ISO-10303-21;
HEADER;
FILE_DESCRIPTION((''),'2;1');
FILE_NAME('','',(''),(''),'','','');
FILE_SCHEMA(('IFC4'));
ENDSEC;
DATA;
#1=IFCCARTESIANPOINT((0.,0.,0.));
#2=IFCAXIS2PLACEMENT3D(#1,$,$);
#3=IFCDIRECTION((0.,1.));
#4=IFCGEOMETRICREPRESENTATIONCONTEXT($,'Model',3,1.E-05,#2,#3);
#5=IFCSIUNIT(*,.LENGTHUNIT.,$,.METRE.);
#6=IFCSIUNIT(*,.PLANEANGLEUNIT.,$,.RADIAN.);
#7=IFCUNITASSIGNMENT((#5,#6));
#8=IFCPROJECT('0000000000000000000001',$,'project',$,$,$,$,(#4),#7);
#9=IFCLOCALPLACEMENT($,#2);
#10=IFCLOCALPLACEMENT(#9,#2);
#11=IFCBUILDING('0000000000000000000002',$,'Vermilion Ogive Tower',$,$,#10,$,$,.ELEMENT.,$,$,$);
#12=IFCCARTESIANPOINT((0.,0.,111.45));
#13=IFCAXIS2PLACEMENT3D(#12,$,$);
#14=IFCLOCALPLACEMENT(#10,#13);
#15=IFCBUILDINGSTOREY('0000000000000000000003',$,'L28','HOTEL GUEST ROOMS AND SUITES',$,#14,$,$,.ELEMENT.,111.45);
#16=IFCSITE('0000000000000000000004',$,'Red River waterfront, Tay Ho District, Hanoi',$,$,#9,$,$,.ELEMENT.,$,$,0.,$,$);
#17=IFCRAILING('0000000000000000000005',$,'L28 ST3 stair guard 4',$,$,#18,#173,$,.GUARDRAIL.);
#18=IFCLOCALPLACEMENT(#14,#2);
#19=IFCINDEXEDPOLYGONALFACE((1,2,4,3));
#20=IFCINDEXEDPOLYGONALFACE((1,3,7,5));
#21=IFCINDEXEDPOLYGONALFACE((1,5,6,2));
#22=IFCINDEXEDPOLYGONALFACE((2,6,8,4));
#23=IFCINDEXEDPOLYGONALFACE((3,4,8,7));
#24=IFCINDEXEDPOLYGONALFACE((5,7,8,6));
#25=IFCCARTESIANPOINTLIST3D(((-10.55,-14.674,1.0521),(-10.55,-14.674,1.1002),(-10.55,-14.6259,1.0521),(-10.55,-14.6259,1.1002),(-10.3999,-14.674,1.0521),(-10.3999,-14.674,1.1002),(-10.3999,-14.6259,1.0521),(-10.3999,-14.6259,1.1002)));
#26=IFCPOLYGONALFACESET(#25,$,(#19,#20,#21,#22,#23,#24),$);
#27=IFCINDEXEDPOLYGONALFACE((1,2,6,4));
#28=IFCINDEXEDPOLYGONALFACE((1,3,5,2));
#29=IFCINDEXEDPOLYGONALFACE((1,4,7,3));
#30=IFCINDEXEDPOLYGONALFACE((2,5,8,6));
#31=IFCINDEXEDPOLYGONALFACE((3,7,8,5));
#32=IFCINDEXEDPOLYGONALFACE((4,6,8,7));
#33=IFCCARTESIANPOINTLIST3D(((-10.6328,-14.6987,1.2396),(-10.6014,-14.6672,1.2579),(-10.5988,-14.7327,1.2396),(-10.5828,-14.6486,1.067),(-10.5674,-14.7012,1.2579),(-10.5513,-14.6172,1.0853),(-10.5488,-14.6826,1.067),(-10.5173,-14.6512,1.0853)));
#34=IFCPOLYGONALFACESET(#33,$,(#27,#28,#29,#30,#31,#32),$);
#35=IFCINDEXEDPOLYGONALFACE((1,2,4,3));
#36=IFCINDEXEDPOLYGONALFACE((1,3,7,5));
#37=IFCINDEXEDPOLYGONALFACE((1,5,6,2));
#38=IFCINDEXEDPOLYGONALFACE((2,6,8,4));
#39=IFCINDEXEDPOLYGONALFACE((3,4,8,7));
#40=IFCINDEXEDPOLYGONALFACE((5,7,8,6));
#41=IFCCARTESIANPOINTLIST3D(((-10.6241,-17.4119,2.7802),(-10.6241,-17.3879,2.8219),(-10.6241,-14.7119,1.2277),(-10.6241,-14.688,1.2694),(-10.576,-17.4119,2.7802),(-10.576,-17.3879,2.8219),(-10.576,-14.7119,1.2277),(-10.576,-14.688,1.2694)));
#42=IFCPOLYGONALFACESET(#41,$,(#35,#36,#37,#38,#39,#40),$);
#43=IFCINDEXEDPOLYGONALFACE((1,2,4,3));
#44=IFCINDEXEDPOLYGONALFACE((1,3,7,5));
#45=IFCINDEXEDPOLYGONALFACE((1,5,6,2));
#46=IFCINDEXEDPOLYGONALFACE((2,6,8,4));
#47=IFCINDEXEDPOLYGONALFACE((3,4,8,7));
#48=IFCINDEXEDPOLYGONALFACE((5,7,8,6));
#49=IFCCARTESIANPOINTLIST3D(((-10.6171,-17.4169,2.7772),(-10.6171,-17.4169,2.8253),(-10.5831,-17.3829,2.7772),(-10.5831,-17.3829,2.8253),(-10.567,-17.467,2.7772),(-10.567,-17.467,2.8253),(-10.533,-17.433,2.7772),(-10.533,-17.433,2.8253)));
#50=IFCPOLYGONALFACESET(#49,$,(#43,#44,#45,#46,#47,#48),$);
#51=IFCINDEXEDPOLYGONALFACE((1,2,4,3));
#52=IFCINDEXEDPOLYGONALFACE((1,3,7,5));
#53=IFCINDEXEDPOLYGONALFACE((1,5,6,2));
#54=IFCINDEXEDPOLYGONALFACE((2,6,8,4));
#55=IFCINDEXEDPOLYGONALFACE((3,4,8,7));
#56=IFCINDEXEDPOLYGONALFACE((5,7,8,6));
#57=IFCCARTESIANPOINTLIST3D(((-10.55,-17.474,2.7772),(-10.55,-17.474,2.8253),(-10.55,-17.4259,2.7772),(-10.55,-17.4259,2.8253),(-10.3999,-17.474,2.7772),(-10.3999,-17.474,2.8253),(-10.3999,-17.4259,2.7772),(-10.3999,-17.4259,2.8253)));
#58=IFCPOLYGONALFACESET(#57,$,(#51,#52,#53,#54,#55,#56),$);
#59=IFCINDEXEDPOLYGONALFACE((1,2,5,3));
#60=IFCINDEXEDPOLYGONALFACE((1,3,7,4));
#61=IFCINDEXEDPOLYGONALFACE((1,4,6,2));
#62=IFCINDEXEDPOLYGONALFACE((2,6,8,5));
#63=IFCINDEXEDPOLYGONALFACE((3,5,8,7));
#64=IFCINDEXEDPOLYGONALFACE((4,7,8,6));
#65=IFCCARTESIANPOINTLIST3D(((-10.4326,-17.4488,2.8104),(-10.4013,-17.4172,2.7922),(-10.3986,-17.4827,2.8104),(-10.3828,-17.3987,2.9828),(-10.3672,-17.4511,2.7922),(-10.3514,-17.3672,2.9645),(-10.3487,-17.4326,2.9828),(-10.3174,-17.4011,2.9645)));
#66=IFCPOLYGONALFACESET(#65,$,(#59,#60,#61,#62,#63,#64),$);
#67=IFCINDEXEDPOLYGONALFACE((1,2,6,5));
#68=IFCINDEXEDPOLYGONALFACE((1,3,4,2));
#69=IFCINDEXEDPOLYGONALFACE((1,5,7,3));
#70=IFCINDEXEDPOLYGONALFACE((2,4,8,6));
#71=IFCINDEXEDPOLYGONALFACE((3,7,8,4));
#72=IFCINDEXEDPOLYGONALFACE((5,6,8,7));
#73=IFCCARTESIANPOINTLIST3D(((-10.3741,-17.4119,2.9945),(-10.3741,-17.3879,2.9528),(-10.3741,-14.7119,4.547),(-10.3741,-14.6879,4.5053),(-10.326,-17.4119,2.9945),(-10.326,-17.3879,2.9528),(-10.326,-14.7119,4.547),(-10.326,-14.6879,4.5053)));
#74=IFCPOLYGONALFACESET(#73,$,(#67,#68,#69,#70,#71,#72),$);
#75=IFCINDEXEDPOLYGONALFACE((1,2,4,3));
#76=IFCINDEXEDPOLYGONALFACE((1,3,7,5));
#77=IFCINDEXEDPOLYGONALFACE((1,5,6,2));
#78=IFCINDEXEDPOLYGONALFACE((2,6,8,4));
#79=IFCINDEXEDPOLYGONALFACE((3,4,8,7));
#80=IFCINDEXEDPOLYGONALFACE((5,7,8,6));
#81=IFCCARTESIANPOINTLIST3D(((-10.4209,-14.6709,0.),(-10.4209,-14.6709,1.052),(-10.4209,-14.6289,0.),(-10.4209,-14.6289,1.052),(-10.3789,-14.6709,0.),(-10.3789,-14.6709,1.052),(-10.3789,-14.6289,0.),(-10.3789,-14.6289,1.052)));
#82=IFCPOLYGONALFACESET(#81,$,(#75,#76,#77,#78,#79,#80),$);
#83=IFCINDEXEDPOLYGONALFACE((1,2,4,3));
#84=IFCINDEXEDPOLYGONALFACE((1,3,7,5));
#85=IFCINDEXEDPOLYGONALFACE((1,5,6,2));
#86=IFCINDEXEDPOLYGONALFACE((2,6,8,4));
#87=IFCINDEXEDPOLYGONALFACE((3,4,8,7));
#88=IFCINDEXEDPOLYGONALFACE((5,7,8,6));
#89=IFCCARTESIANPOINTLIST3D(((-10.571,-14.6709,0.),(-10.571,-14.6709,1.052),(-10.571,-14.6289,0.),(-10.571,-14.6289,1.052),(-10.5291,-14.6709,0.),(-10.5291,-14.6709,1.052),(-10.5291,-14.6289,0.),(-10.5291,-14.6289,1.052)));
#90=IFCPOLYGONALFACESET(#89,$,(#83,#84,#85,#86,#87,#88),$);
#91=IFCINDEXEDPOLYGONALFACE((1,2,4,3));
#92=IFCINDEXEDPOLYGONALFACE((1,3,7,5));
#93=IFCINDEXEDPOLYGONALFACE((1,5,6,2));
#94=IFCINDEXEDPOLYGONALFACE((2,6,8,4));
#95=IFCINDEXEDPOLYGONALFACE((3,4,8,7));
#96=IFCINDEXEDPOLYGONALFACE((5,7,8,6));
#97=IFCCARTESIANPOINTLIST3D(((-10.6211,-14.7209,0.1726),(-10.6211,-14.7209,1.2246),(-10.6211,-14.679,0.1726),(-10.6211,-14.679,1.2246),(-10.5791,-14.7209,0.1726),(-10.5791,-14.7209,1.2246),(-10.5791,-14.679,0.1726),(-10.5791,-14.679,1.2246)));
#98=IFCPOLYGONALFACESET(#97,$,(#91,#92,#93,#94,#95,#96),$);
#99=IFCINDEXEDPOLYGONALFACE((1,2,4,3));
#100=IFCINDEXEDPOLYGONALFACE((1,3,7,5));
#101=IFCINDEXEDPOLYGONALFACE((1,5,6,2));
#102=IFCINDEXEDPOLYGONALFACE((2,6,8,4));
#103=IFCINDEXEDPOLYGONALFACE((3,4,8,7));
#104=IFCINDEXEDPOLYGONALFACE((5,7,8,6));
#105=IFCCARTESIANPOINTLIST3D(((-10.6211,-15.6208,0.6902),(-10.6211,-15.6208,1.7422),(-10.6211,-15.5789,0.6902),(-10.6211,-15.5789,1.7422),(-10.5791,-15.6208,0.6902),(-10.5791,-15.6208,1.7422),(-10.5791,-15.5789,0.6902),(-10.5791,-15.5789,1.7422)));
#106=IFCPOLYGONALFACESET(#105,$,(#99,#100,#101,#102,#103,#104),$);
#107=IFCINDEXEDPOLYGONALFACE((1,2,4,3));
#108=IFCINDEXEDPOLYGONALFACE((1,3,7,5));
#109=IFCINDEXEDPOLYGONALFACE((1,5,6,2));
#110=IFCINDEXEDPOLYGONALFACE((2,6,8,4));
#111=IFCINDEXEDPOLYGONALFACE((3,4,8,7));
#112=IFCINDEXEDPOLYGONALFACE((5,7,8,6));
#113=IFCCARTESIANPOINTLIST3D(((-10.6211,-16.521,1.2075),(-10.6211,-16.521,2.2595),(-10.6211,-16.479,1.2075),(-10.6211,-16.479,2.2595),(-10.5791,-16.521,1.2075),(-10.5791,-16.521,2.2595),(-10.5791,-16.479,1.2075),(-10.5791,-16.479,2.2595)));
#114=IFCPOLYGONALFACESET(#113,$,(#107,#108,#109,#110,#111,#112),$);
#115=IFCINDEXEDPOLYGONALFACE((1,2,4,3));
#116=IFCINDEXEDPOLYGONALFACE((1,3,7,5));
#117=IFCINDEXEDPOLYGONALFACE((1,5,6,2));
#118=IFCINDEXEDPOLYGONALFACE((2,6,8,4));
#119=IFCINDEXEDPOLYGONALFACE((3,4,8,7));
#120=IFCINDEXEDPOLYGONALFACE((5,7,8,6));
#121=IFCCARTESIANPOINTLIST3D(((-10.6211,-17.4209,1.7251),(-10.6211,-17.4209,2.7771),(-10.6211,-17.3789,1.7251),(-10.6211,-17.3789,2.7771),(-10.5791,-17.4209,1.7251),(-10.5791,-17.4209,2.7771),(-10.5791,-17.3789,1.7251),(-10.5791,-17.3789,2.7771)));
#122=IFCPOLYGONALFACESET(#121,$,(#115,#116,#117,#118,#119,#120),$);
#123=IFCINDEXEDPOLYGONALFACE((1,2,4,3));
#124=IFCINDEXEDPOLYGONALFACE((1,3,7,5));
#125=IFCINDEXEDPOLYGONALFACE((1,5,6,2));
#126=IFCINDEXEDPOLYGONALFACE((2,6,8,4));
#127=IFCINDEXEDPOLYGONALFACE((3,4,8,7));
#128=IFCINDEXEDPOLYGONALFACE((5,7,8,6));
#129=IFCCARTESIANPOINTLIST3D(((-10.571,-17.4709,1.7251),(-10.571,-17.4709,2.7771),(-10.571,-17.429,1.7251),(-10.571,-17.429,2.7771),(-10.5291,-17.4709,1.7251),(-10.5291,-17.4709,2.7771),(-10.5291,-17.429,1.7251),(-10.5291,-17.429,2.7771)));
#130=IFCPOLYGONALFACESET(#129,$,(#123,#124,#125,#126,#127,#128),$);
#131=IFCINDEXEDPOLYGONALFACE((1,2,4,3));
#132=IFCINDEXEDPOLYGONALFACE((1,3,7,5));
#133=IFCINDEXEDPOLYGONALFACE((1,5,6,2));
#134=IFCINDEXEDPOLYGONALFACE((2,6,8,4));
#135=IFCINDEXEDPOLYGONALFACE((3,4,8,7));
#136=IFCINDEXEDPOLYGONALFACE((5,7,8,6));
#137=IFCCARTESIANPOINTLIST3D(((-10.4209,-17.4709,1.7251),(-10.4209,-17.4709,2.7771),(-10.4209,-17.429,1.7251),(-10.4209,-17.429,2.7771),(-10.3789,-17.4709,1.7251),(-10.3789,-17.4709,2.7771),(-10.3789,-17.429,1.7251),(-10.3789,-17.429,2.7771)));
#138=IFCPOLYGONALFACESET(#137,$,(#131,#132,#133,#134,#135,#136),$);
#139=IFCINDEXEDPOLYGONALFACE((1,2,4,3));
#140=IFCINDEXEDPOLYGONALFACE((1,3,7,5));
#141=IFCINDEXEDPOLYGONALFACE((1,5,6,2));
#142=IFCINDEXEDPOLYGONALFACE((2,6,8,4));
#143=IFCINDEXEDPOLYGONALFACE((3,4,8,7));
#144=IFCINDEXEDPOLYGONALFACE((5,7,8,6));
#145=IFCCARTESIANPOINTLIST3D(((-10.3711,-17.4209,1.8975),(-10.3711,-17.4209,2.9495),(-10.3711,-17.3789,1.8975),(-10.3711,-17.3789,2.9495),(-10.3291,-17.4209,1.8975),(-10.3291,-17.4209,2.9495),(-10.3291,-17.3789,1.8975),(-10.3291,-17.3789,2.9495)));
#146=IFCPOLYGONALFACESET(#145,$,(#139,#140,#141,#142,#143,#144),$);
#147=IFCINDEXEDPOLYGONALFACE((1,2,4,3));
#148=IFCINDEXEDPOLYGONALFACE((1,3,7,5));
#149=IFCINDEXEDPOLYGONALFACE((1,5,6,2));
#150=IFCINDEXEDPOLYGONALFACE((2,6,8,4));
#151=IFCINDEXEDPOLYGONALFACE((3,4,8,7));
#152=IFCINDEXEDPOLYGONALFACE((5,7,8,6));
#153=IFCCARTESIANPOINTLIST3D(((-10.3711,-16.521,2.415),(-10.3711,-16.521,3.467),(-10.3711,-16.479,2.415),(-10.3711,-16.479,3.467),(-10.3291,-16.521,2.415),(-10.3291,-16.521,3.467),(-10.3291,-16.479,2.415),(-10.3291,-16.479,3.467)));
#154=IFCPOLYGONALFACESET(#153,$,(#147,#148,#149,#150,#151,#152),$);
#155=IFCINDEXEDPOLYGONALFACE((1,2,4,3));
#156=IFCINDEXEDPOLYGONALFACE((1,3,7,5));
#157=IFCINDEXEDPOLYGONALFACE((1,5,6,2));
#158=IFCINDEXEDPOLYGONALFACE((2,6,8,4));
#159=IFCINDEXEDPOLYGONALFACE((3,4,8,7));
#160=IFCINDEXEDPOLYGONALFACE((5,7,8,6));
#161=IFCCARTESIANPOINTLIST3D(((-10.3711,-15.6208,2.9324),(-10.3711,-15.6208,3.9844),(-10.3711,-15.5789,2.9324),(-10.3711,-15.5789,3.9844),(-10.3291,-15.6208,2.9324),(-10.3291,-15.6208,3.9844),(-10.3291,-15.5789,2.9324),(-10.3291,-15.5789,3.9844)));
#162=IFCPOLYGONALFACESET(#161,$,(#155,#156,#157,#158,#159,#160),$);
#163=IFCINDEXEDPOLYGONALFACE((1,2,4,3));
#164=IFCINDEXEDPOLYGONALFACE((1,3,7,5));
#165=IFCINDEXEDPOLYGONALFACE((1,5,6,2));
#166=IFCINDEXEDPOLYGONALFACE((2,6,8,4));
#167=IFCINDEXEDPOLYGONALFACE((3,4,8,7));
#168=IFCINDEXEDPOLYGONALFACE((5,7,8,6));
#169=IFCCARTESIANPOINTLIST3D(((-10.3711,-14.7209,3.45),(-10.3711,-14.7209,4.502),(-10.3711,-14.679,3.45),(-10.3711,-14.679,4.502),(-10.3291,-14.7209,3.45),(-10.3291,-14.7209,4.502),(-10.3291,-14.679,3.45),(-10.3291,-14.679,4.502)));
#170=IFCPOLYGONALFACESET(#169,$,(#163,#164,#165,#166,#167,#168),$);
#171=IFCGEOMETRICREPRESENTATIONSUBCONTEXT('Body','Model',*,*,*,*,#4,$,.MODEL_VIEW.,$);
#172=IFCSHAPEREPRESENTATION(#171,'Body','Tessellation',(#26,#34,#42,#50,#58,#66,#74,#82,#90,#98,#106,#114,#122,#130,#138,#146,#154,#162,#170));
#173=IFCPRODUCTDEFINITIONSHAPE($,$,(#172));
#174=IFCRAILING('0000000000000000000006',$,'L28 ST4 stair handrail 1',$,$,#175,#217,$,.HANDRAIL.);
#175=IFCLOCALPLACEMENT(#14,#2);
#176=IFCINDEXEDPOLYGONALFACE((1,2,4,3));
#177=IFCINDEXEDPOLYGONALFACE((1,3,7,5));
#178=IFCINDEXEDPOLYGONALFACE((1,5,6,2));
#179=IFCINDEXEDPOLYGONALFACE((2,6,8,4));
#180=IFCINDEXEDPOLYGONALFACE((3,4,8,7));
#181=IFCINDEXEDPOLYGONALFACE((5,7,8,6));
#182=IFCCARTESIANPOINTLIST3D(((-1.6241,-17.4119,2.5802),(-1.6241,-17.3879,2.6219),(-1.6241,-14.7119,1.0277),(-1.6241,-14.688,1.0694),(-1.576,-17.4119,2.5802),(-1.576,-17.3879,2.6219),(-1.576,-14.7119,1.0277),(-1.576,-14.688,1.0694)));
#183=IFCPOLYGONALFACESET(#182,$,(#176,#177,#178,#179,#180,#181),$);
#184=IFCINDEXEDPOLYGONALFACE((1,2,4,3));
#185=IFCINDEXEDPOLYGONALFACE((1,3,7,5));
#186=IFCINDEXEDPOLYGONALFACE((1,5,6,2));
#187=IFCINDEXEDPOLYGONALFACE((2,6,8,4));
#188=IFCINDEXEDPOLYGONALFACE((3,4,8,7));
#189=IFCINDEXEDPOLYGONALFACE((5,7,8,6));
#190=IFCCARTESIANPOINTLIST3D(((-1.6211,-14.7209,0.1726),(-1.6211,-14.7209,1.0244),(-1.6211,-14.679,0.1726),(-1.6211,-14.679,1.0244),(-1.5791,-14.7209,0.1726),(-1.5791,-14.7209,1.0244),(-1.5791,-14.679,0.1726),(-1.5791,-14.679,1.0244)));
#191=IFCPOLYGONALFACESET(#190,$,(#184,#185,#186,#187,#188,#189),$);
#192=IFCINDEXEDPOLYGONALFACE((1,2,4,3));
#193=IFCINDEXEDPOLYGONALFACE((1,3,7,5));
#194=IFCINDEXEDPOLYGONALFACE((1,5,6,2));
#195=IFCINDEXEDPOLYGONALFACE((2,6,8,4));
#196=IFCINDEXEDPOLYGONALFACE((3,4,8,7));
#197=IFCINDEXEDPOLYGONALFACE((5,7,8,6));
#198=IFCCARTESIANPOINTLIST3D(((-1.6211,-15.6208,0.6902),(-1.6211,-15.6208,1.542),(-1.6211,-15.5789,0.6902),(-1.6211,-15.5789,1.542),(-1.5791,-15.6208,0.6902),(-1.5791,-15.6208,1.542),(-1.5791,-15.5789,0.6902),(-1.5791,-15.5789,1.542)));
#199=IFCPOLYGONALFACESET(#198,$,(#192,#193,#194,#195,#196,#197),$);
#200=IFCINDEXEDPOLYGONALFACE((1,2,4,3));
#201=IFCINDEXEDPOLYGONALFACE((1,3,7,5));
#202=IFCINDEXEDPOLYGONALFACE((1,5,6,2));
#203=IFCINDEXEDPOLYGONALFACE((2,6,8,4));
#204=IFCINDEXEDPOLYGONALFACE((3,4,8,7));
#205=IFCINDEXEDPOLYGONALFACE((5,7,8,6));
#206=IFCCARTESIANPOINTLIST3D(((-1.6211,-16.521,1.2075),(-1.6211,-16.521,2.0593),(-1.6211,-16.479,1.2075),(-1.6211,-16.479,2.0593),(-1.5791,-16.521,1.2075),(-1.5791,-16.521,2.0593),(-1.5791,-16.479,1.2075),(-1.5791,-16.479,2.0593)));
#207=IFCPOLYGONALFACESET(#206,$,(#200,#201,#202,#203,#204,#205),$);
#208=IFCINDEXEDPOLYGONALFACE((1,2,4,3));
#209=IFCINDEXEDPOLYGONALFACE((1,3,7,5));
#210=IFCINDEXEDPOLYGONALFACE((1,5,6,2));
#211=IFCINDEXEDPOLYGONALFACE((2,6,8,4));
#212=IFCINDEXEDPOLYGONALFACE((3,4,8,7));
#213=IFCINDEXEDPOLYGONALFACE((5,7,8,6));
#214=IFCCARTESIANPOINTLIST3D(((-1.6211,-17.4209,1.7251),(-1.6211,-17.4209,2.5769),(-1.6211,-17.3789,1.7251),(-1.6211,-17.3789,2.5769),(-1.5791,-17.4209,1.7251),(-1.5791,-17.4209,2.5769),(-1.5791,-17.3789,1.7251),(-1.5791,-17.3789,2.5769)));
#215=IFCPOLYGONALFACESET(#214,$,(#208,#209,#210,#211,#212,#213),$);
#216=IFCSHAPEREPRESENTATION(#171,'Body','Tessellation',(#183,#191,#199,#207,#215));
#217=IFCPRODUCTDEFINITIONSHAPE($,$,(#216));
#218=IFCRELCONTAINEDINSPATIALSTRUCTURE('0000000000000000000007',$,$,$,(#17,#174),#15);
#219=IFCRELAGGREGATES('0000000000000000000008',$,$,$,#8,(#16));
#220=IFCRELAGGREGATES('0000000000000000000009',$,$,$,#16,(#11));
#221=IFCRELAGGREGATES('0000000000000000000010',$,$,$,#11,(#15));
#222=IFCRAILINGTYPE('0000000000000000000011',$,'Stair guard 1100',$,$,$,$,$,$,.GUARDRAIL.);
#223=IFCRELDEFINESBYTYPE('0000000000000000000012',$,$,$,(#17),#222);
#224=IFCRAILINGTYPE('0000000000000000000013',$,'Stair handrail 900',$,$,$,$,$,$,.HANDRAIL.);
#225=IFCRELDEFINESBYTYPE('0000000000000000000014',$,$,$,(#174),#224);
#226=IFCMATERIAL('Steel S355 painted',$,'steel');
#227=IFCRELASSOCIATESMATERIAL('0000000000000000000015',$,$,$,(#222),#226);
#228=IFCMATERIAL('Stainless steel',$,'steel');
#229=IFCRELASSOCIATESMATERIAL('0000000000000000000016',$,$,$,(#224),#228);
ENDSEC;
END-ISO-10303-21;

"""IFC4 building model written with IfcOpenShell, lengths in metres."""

from ifc_helpers import new_model, si_unit, direction, frame, origin, origin_2d, place, context, subcontext, project, spatial, rectangle, extrude, material, type_object, element, save


model = new_model("IFC4")

# Units and contexts
model_context = context("Model", 3, precision=1e-05, world=origin(), true_north=direction((0.0, 1.0)))
body_context = subcontext(model_context, "Body", "Model", "MODEL_VIEW")
ifc_project = project(units=[si_unit("LENGTHUNIT", "METRE"), si_unit("PLANEANGLEUNIT", "RADIAN")], contexts=[model_context])

# Site, building, storey
site_placement = place(None, origin())
site = spatial("IfcSite", under=ifc_project, at=site_placement, Name="Red River waterfront, Tay Ho District, Hanoi", CompositionType="ELEMENT", RefElevation=0.0)
building_placement = place(site_placement, origin())
building = spatial("IfcBuilding", under=site, at=building_placement, Name="Vermilion Ogive Tower", CompositionType="ELEMENT")
storey_placement = place(building_placement, frame((0.0, 0.0, 111.45)))
storey = spatial("IfcBuildingStorey", under=building, at=storey_placement, Name="L28", Description="HOTEL GUEST ROOMS AND SUITES", CompositionType="ELEMENT", Elevation=111.45)

# Railings
ifc_material_1 = material(Name="Steel S355 painted", Category="steel")
railing_type_1 = type_object("IfcRailingType", Name="Stair guard 1100", PredefinedType="GUARDRAIL", material=ifc_material_1)
railing_1_placement = place(storey_placement, frame((-10.3999, -14.6499, 0.0)))
element("IfcRailing", 1, at=railing_1_placement, inside=storey, type_object=railing_type_1, Name="L28 ST3 stair guard 4", PredefinedType="GUARDRAIL", context=body_context, shape_type="SweptSolid", body=[
    extrude(rectangle(XDim=0.0481, YDim=0.0481, at=origin_2d()), frame((0.0, 0.0, 1.0762), z_axis=(-1.0, 0.0, 0.0), x_axis=(0.0, -1.0, 0.0)), (0.0, 0.0, 1.0), 0.1501),
    extrude(rectangle(XDim=0.0481, YDim=0.0481, at=origin_2d()), frame((-0.1501, 0.0, 1.0762), z_axis=(-0.268278, -0.268278, 0.925232), x_axis=(0.707107, -0.707107, 0.0)), (0.0, 0.0, 1.0), 0.1865),
    extrude(rectangle(XDim=0.0481, YDim=0.0481, at=origin_2d()), frame((-0.2002, -0.05, 1.2485), z_axis=(0.0, -0.866904, 0.498476), x_axis=(1.0, 0.0, 0.0)), (0.0, 0.0, 1.0), 3.1145),
    extrude(rectangle(XDim=0.0481, YDim=0.0481, at=origin_2d()), frame((-0.2002, -2.75, 2.8013), z_axis=(0.707107, -0.707107, 0.0), x_axis=(0.707107, 0.707107, 0.0)), (0.0, 0.0, 1.0), 0.0708),
    extrude(rectangle(XDim=0.0481, YDim=0.0481, at=origin_2d()), frame((-0.1501, -2.8, 2.8013), z_axis=(1.0, 0.0, 0.0), x_axis=(0.0, 1.0, 0.0)), (0.0, 0.0, 1.0), 0.1501),
    extrude(rectangle(XDim=0.0481, YDim=0.0481, at=origin_2d()), frame((0.0, -2.8, 2.8013), z_axis=(0.267387, 0.268698, 0.925368), x_axis=(-0.708834, 0.705376, 0.0)), (0.0, 0.0, 1.0), 0.1863),
    extrude(rectangle(XDim=0.0481, YDim=0.0481, at=origin_2d()), frame((0.0498, -2.75, 2.9736), z_axis=(0.0, 0.866904, 0.498476), x_axis=(-1.0, 0.0, 0.0)), (0.0, 0.0, 1.0), 3.1145),
    extrude(rectangle(XDim=0.042, YDim=0.042, at=origin_2d()), origin(), (0.0, 0.0, 1.0), 1.052),
    extrude(rectangle(XDim=0.042, YDim=0.042, at=origin_2d()), frame((-0.1501, 0.0, 0.0)), (0.0, 0.0, 1.0), 1.052),
    extrude(rectangle(XDim=0.042, YDim=0.042, at=origin_2d()), frame((-0.2002, -0.05, 0.1726)), (0.0, 0.0, 1.0), 1.052),
    extrude(rectangle(XDim=0.042, YDim=0.042, at=origin_2d()), frame((-0.2002, -0.95, 0.6902)), (0.0, 0.0, 1.0), 1.052),
    extrude(rectangle(XDim=0.042, YDim=0.042, at=origin_2d()), frame((-0.2002, -1.8501, 1.2075)), (0.0, 0.0, 1.0), 1.052),
    extrude(rectangle(XDim=0.042, YDim=0.042, at=origin_2d()), frame((-0.2002, -2.75, 1.7251)), (0.0, 0.0, 1.0), 1.052),
    extrude(rectangle(XDim=0.042, YDim=0.042, at=origin_2d()), frame((-0.1501, -2.8, 1.7251)), (0.0, 0.0, 1.0), 1.052),
    extrude(rectangle(XDim=0.042, YDim=0.042, at=origin_2d()), frame((0.0, -2.8, 1.7251)), (0.0, 0.0, 1.0), 1.052),
    extrude(rectangle(XDim=0.042, YDim=0.042, at=origin_2d()), frame((0.0498, -2.75, 1.8975)), (0.0, 0.0, 1.0), 1.052),
    extrude(rectangle(XDim=0.042, YDim=0.042, at=origin_2d()), frame((0.0498, -1.8501, 2.415)), (0.0, 0.0, 1.0), 1.052),
    extrude(rectangle(XDim=0.042, YDim=0.042, at=origin_2d()), frame((0.0498, -0.95, 2.9324)), (0.0, 0.0, 1.0), 1.052),
    extrude(rectangle(XDim=0.042, YDim=0.042, at=origin_2d()), frame((0.0498, -0.05, 3.45)), (0.0, 0.0, 1.0), 1.052),
])
ifc_material_2 = material(Name="Stainless steel", Category="steel")
railing_type_2 = type_object("IfcRailingType", Name="Stair handrail 900", PredefinedType="HANDRAIL", material=ifc_material_2)
railing_2_placement = place(storey_placement, frame((-1.6001, -14.7, 0.1726)))
element("IfcRailing", 2, at=railing_2_placement, inside=storey, type_object=railing_type_2, Name="L28 ST4 stair handrail 1", PredefinedType="HANDRAIL", context=body_context, shape_type="SweptSolid", body=[
    extrude(rectangle(XDim=0.0481, YDim=0.0481, at=origin_2d()), frame((0.0, 0.0, 0.876), z_axis=(0.0, -0.866904, 0.498476), x_axis=(1.0, 0.0, 0.0)), (0.0, 0.0, 1.0), 3.1145),
    extrude(rectangle(XDim=0.042, YDim=0.042, at=origin_2d()), origin(), (0.0, 0.0, 1.0), 0.8518),
    extrude(rectangle(XDim=0.042, YDim=0.042, at=origin_2d()), frame((0.0, -0.8999, 0.5176)), (0.0, 0.0, 1.0), 0.8518),
    extrude(rectangle(XDim=0.042, YDim=0.042, at=origin_2d()), frame((0.0, -1.8, 1.0349)), (0.0, 0.0, 1.0), 0.8518),
    extrude(rectangle(XDim=0.042, YDim=0.042, at=origin_2d()), frame((0.0, -2.7, 1.5525)), (0.0, 0.0, 1.0), 0.8518),
])

save(model, "model.ifc")
